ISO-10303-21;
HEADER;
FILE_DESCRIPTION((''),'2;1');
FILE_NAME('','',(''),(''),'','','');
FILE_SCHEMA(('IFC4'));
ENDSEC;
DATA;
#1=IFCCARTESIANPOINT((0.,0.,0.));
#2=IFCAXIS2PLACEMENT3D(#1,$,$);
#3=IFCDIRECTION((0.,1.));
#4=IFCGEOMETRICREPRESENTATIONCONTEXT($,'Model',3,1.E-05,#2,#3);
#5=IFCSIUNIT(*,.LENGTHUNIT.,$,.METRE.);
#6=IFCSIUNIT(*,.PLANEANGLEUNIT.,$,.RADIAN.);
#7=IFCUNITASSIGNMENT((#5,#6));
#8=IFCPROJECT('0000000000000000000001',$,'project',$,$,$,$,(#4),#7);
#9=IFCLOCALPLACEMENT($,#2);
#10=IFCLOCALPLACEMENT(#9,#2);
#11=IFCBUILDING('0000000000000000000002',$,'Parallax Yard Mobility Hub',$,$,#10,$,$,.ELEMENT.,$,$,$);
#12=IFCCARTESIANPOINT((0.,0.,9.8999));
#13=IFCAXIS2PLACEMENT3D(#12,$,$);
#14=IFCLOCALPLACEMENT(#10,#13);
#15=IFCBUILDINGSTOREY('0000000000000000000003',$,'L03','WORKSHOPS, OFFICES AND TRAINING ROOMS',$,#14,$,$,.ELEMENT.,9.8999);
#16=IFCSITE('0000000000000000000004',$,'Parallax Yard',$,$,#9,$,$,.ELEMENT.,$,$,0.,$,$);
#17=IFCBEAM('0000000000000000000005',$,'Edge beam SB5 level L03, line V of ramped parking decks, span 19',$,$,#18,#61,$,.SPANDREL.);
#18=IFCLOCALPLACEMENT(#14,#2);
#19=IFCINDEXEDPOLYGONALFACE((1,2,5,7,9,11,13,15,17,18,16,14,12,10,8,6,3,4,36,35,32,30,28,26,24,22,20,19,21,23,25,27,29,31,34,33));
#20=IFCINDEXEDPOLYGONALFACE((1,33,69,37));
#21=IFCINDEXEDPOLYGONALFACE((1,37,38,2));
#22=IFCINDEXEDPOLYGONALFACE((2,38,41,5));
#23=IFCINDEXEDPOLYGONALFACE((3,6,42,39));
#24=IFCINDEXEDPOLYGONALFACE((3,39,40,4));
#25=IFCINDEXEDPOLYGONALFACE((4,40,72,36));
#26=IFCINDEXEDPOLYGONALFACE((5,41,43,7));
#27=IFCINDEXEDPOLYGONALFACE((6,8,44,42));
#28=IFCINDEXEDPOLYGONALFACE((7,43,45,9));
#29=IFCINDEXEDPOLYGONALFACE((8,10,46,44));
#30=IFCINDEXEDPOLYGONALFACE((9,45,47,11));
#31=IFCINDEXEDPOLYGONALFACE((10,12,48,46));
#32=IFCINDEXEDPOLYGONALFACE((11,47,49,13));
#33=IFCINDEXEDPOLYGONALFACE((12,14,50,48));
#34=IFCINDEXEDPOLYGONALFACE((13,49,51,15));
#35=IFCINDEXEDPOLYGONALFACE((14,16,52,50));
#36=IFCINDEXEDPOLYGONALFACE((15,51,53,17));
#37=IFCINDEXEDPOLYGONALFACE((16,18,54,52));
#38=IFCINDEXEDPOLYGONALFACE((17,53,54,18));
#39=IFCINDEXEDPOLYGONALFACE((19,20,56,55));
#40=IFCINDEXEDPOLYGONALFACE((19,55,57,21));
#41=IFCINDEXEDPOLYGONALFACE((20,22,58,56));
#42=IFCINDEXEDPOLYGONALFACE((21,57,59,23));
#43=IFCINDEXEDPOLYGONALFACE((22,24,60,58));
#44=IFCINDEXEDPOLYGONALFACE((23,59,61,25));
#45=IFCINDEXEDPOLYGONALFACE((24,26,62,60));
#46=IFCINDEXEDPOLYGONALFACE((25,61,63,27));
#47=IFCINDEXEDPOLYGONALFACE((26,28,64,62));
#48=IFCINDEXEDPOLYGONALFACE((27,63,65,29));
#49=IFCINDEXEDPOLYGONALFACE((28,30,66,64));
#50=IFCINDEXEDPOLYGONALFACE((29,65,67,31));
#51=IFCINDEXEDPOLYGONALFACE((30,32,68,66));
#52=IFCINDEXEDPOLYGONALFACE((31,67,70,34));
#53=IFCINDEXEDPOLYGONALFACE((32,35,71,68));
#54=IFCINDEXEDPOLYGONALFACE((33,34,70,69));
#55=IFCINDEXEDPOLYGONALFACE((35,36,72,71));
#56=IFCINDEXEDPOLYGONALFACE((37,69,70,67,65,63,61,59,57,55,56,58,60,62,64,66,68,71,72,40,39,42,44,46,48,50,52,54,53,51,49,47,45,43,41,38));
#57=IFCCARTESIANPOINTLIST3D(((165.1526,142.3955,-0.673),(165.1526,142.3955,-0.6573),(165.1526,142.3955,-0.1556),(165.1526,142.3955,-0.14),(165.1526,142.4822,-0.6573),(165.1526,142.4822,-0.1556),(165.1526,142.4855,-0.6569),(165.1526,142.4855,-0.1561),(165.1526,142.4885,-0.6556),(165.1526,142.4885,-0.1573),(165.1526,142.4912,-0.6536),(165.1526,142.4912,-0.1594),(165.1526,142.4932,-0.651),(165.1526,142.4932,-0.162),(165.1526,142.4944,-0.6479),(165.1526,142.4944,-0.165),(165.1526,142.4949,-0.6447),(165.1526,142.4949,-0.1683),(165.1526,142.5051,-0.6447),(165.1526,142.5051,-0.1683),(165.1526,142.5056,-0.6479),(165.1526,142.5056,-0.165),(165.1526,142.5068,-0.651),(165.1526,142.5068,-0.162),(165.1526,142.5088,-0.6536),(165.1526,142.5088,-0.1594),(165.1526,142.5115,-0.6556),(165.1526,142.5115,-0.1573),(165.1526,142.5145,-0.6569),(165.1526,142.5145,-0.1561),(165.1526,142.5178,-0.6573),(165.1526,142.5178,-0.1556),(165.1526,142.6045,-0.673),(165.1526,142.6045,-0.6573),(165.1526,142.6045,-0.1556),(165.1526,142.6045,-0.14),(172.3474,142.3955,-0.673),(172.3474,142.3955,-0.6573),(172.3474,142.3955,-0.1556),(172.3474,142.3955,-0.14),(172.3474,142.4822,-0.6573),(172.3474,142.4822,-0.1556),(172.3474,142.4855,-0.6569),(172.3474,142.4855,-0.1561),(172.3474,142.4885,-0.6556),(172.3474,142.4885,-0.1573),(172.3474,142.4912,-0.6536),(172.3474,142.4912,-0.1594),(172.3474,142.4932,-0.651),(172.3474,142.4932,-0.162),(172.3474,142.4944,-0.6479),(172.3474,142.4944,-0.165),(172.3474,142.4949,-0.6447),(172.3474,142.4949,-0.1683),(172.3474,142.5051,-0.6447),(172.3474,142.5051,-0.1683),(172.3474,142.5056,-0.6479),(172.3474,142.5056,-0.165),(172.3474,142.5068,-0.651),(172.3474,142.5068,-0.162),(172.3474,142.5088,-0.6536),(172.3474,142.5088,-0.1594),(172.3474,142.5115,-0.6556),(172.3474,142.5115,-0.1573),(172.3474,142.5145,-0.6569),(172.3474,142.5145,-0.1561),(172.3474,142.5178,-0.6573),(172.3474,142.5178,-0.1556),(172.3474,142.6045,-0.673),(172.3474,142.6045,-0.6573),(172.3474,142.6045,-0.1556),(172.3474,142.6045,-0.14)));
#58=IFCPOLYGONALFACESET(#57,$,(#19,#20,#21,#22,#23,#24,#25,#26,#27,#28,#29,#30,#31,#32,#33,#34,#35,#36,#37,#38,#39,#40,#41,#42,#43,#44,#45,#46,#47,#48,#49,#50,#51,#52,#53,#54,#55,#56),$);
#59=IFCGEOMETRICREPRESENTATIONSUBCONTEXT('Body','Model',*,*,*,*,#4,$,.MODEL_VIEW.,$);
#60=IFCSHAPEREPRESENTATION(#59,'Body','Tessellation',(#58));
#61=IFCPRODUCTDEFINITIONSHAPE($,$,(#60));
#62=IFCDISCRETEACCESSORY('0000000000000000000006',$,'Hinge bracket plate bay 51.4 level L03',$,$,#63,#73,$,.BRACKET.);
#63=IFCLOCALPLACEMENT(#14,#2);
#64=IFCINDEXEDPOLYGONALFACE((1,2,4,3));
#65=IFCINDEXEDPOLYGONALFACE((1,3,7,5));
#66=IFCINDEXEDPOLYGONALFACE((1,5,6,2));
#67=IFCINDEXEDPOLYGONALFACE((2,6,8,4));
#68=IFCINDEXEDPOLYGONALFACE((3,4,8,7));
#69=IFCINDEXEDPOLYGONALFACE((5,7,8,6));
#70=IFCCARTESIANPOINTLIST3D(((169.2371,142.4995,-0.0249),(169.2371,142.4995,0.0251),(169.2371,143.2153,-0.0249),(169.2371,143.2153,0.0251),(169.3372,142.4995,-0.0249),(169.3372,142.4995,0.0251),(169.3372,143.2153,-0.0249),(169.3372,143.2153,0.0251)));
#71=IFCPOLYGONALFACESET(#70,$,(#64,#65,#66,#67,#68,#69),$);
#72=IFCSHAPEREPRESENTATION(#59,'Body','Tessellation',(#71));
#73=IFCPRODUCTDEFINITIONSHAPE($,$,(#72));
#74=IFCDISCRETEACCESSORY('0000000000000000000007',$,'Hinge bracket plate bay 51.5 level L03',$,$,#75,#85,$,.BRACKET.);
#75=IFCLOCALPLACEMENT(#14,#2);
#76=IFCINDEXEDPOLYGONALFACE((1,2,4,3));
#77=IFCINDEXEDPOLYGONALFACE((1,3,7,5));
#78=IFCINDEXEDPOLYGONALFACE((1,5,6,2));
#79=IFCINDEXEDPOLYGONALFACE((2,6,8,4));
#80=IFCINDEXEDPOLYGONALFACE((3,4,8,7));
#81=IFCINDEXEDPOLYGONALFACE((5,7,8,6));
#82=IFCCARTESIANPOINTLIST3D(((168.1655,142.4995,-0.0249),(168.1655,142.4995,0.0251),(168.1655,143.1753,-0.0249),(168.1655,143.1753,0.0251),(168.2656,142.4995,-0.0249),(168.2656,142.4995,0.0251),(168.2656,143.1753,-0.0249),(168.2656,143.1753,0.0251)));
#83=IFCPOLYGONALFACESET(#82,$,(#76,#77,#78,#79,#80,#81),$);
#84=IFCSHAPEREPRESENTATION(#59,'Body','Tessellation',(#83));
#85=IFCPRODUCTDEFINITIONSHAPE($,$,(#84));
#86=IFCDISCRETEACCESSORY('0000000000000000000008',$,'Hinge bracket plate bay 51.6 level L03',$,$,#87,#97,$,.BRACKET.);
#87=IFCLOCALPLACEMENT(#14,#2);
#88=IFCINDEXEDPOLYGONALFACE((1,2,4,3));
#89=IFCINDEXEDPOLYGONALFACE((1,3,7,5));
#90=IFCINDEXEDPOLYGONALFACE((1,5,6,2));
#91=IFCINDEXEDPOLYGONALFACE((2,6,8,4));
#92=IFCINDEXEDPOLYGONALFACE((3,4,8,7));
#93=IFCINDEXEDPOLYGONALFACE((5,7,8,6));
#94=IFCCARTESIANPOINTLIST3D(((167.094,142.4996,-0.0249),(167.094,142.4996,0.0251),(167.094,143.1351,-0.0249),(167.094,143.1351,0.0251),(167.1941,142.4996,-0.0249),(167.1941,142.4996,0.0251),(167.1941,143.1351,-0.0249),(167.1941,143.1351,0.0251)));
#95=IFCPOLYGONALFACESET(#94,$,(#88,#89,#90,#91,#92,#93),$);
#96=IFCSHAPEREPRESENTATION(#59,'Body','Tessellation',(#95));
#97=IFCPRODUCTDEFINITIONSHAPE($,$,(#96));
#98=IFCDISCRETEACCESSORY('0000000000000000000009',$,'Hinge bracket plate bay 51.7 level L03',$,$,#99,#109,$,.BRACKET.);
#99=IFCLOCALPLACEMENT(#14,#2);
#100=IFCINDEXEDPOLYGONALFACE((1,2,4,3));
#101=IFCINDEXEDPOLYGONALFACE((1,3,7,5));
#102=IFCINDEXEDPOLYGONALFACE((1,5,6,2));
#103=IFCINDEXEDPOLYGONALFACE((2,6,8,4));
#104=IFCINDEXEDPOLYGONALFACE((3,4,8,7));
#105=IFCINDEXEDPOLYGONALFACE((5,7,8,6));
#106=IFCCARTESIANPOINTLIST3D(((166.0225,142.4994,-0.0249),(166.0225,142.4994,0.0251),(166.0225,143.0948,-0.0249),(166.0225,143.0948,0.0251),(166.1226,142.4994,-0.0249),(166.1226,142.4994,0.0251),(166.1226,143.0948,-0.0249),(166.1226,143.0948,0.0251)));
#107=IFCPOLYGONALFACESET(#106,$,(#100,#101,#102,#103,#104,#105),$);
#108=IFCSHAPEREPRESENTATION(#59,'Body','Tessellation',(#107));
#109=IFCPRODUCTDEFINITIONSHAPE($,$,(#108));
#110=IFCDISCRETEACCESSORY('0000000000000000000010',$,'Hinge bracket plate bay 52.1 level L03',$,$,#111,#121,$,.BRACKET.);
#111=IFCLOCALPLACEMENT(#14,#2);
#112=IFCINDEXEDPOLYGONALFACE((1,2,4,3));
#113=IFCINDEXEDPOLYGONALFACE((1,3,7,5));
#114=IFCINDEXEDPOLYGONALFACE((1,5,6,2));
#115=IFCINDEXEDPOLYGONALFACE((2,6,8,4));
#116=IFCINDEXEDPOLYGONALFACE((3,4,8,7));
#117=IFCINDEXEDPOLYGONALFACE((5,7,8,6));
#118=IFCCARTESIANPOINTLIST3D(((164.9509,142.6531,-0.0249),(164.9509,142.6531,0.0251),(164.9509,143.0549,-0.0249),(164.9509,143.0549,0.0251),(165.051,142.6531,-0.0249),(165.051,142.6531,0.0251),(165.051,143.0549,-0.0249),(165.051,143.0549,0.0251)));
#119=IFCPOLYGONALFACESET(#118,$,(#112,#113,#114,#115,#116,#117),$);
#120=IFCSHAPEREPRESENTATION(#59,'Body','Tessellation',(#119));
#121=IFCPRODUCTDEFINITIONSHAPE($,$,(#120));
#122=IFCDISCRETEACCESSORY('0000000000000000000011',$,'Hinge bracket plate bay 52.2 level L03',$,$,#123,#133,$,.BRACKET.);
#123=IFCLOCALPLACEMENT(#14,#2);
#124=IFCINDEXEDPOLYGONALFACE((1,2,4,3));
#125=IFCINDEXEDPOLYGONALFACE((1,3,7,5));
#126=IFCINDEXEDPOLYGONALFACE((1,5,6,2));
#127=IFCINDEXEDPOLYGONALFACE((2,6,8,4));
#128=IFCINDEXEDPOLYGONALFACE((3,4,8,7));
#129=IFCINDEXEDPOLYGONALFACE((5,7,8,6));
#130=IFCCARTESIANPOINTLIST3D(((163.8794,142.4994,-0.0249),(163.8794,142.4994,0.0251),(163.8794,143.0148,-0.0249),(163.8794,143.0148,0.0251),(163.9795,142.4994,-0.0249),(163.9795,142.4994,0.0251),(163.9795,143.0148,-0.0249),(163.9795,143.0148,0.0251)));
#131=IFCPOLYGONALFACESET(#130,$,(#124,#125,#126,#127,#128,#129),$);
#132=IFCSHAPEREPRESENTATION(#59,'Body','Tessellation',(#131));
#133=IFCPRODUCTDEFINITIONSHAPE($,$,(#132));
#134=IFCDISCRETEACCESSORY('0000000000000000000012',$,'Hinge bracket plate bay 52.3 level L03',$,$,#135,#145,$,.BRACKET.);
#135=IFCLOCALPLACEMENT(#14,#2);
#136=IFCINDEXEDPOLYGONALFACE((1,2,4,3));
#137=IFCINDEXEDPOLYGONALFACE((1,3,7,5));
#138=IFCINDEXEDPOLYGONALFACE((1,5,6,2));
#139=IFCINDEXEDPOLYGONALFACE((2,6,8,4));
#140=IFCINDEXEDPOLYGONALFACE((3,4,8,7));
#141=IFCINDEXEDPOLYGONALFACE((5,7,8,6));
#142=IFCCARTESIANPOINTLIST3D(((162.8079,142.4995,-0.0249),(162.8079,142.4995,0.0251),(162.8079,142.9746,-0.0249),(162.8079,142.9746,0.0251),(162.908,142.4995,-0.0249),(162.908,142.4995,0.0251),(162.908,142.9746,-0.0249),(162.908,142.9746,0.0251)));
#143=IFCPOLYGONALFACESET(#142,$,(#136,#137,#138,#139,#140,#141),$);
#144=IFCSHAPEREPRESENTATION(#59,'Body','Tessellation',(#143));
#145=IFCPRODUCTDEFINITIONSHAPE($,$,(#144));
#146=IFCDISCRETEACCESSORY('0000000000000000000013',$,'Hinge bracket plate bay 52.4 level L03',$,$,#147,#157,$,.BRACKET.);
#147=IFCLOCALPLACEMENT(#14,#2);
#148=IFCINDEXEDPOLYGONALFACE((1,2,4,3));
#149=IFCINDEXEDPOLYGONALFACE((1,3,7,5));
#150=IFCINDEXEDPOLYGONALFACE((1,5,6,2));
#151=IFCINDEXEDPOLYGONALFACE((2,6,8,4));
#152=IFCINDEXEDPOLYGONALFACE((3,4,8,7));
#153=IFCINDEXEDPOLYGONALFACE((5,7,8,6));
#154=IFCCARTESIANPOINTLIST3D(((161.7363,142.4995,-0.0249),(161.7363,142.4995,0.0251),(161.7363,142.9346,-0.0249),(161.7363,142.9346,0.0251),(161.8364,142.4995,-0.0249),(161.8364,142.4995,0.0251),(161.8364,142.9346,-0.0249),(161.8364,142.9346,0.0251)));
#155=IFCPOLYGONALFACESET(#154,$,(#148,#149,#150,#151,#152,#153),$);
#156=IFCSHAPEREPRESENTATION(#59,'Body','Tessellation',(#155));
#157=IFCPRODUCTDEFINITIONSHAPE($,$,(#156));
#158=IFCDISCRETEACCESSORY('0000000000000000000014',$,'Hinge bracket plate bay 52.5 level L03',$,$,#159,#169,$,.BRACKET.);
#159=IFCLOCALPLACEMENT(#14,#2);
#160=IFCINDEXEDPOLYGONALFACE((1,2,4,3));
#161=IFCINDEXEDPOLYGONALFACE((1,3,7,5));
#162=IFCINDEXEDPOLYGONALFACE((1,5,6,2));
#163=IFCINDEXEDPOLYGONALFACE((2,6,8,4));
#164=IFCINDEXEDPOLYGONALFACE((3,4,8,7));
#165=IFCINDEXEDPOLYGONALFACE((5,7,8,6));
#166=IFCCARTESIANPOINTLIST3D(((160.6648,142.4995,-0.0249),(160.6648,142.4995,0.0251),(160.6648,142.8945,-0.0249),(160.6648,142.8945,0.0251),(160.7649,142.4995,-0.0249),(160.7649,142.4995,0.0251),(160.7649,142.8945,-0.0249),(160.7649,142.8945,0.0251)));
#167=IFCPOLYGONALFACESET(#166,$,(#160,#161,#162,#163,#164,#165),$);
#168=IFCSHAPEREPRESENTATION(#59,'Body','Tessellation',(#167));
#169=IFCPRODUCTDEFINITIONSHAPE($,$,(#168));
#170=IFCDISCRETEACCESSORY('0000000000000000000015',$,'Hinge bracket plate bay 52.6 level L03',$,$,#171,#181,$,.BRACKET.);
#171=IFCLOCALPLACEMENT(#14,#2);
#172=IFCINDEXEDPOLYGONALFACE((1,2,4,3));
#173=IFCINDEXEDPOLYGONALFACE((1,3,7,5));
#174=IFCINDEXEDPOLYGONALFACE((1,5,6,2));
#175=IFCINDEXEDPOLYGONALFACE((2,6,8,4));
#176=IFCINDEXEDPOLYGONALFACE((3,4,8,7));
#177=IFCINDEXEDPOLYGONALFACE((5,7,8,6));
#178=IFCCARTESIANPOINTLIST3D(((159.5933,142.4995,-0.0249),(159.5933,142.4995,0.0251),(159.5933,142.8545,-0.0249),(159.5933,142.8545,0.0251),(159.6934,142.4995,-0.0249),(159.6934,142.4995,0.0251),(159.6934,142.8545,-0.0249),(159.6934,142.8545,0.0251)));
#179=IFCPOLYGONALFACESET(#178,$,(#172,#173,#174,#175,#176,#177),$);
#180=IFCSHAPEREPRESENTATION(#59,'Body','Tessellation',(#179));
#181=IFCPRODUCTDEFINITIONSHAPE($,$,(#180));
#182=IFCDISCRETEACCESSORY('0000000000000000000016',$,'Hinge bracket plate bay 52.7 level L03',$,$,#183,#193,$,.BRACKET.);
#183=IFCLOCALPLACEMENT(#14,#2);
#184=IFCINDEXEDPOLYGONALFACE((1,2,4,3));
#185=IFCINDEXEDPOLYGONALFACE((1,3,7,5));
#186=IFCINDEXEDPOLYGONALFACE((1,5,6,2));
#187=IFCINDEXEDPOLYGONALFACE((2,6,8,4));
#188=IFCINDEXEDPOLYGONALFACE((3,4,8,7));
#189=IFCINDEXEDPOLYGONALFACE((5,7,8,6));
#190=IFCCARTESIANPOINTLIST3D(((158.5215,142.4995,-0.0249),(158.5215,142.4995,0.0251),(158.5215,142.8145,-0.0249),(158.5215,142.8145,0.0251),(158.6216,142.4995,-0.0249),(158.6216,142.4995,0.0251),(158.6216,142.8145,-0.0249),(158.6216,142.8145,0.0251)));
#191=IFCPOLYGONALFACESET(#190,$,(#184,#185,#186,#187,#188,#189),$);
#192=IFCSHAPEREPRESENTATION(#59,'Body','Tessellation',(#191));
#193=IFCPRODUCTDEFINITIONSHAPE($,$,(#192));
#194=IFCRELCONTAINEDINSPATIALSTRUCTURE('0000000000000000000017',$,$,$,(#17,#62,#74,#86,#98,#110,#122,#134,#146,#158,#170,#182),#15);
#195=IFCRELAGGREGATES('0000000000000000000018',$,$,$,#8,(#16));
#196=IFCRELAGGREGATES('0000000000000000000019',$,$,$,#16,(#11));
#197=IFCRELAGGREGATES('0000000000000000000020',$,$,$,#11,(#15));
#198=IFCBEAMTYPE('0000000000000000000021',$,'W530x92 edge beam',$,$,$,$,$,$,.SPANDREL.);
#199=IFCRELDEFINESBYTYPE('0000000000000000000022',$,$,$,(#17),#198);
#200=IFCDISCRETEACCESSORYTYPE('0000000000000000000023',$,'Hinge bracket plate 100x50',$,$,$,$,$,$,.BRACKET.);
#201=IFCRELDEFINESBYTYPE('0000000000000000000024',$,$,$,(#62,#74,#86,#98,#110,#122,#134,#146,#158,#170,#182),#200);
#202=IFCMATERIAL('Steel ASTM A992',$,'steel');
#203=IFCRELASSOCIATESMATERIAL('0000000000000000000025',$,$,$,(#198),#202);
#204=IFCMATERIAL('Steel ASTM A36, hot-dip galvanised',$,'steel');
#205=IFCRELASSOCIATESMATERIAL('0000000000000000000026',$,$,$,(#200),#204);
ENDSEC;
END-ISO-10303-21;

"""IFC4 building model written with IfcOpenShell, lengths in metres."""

from ifc_helpers import new_model, si_unit, direction, frame, origin, origin_2d, place, context, subcontext, project, spatial, rectangle, i_section, extrude, material, material_profile, profile_set, type_object, element, save


model = new_model("IFC4")

# Units and contexts
model_context = context("Model", 3, precision=1e-05, world=origin(), true_north=direction((0.0, 1.0)))
body_context = subcontext(model_context, "Body", "Model", "MODEL_VIEW")
ifc_project = project(units=[si_unit("LENGTHUNIT", "METRE"), si_unit("PLANEANGLEUNIT", "RADIAN")], contexts=[model_context])

# Site, building, storey
site_placement = place(None, origin())
site = spatial("IfcSite", under=ifc_project, at=site_placement, Name="Parallax Yard", CompositionType="ELEMENT", RefElevation=0.0)
building_placement = place(site_placement, origin())
building = spatial("IfcBuilding", under=site, at=building_placement, Name="Parallax Yard Mobility Hub", CompositionType="ELEMENT")
storey_placement = place(building_placement, frame((0.0, 0.0, 9.8999)))
storey = spatial("IfcBuildingStorey", under=building, at=storey_placement, Name="L03", Description="WORKSHOPS, OFFICES AND TRAINING ROOMS", CompositionType="ELEMENT", Elevation=9.8999)

# Beam
ifc_material_1 = material(Name="Steel ASTM A992", Category="steel")
ifc_material_profile_1 = material_profile(ifc_material_1, i_section(OverallWidth=0.209, OverallDepth=0.533, WebThickness=0.0103, FlangeThickness=0.0156, FilletRadius=0.0127, at=origin_2d()), Name="W530x92")
ifc_profile_set_1 = profile_set([ifc_material_profile_1], Name="Steel ASTM A992")
beam_type = type_object("IfcBeamType", Name="W530x92 edge beam", PredefinedType="SPANDREL", material=ifc_profile_set_1)
beam_placement = place(storey_placement, frame((165.1526, 142.5, -0.4065), z_axis=(1.0, 0.0, 0.0), x_axis=(0.0, 1.0, 0.0)))
element("IfcBeam", 1, at=beam_placement, inside=storey, type_object=beam_type, Name="Edge beam SB5 level L03, line V of ramped parking decks, span 19", PredefinedType="SPANDREL", context=body_context, shape_type="SweptSolid", body=[
    extrude(i_section(OverallWidth=0.209, OverallDepth=0.533, WebThickness=0.0103, FlangeThickness=0.0156, FilletRadius=0.0127, at=origin_2d()), origin(), (0.0, 0.0, 1.0), 7.1948),
])

# Discrete accessories
ifc_material_2 = material(Name="Steel ASTM A36, hot-dip galvanised", Category="steel")
discrete_accessory_type_1 = type_object("IfcDiscreteAccessoryType", Name="Hinge bracket plate 100x50", PredefinedType="BRACKET", material=ifc_material_2)
discrete_accessory_1_placement = place(storey_placement, frame((169.2871, 142.8574, -0.0249), z_axis=(0.0, 0.0, 1.0), x_axis=(0.0, 1.0, 0.0)))
element("IfcDiscreteAccessory", 2, at=discrete_accessory_1_placement, inside=storey, type_object=discrete_accessory_type_1, Name="Hinge bracket plate bay 51.4 level L03", PredefinedType="BRACKET", context=body_context, shape_type="SweptSolid", body=[
    extrude(rectangle(XDim=0.7158, YDim=0.1001, at=origin_2d()), origin(), (0.0, 0.0, 1.0), 0.05),
])
discrete_accessory_2_placement = place(storey_placement, frame((168.2156, 142.8374, -0.0249), z_axis=(0.0, 0.0, 1.0), x_axis=(0.0, 1.0, 0.0)))
element("IfcDiscreteAccessory", 3, at=discrete_accessory_2_placement, inside=storey, type_object=discrete_accessory_type_1, Name="Hinge bracket plate bay 51.5 level L03", PredefinedType="BRACKET", context=body_context, shape_type="SweptSolid", body=[
    extrude(rectangle(XDim=0.6758, YDim=0.1001, at=origin_2d()), origin(), (0.0, 0.0, 1.0), 0.05),
])
discrete_accessory_3_placement = place(storey_placement, frame((167.144, 142.8174, -0.0249), z_axis=(0.0, 0.0, 1.0), x_axis=(0.0, 1.0, 0.0)))
element("IfcDiscreteAccessory", 4, at=discrete_accessory_3_placement, inside=storey, type_object=discrete_accessory_type_1, Name="Hinge bracket plate bay 51.6 level L03", PredefinedType="BRACKET", context=body_context, shape_type="SweptSolid", body=[
    extrude(rectangle(XDim=0.6355, YDim=0.1001, at=origin_2d()), origin(), (0.0, 0.0, 1.0), 0.05),
])
discrete_accessory_4_placement = place(storey_placement, frame((166.0725, 142.7971, -0.0249), z_axis=(0.0, 0.0, 1.0), x_axis=(0.0, 1.0, 0.0)))
element("IfcDiscreteAccessory", 5, at=discrete_accessory_4_placement, inside=storey, type_object=discrete_accessory_type_1, Name="Hinge bracket plate bay 51.7 level L03", PredefinedType="BRACKET", context=body_context, shape_type="SweptSolid", body=[
    extrude(rectangle(XDim=0.5955, YDim=0.1001, at=origin_2d()), origin(), (0.0, 0.0, 1.0), 0.05),
])
discrete_accessory_5_placement = place(storey_placement, frame((165.001, 142.854, -0.0249), z_axis=(0.0, 0.0, 1.0), x_axis=(0.0, 1.0, 0.0)))
element("IfcDiscreteAccessory", 6, at=discrete_accessory_5_placement, inside=storey, type_object=discrete_accessory_type_1, Name="Hinge bracket plate bay 52.1 level L03", PredefinedType="BRACKET", context=body_context, shape_type="SweptSolid", body=[
    extrude(rectangle(XDim=0.4019, YDim=0.1001, at=origin_2d()), origin(), (0.0, 0.0, 1.0), 0.05),
])
discrete_accessory_6_placement = place(storey_placement, frame((163.9294, 142.7571, -0.0249), z_axis=(0.0, 0.0, 1.0), x_axis=(0.0, 1.0, 0.0)))
element("IfcDiscreteAccessory", 7, at=discrete_accessory_6_placement, inside=storey, type_object=discrete_accessory_type_1, Name="Hinge bracket plate bay 52.2 level L03", PredefinedType="BRACKET", context=body_context, shape_type="SweptSolid", body=[
    extrude(rectangle(XDim=0.5154, YDim=0.1001, at=origin_2d()), origin(), (0.0, 0.0, 1.0), 0.05),
])
discrete_accessory_7_placement = place(storey_placement, frame((162.8579, 142.7371, -0.0249), z_axis=(0.0, 0.0, 1.0), x_axis=(0.0, 1.0, 0.0)))
element("IfcDiscreteAccessory", 8, at=discrete_accessory_7_placement, inside=storey, type_object=discrete_accessory_type_1, Name="Hinge bracket plate bay 52.3 level L03", PredefinedType="BRACKET", context=body_context, shape_type="SweptSolid", body=[
    extrude(rectangle(XDim=0.4751, YDim=0.1001, at=origin_2d()), origin(), (0.0, 0.0, 1.0), 0.05),
])
discrete_accessory_8_placement = place(storey_placement, frame((161.7864, 142.717, -0.0249), z_axis=(0.0, 0.0, 1.0), x_axis=(0.0, 1.0, 0.0)))
element("IfcDiscreteAccessory", 9, at=discrete_accessory_8_placement, inside=storey, type_object=discrete_accessory_type_1, Name="Hinge bracket plate bay 52.4 level L03", PredefinedType="BRACKET", context=body_context, shape_type="SweptSolid", body=[
    extrude(rectangle(XDim=0.4351, YDim=0.1001, at=origin_2d()), origin(), (0.0, 0.0, 1.0), 0.05),
])
discrete_accessory_9_placement = place(storey_placement, frame((160.7148, 142.697, -0.0249), z_axis=(0.0, 0.0, 1.0), x_axis=(0.0, 1.0, 0.0)))
element("IfcDiscreteAccessory", 10, at=discrete_accessory_9_placement, inside=storey, type_object=discrete_accessory_type_1, Name="Hinge bracket plate bay 52.5 level L03", PredefinedType="BRACKET", context=body_context, shape_type="SweptSolid", body=[
    extrude(rectangle(XDim=0.395, YDim=0.1001, at=origin_2d()), origin(), (0.0, 0.0, 1.0), 0.05),
])
discrete_accessory_10_placement = place(storey_placement, frame((159.6433, 142.677, -0.0249), z_axis=(0.0, 0.0, 1.0), x_axis=(0.0, 1.0, 0.0)))
element("IfcDiscreteAccessory", 11, at=discrete_accessory_10_placement, inside=storey, type_object=discrete_accessory_type_1, Name="Hinge bracket plate bay 52.6 level L03", PredefinedType="BRACKET", context=body_context, shape_type="SweptSolid", body=[
    extrude(rectangle(XDim=0.355, YDim=0.1001, at=origin_2d()), origin(), (0.0, 0.0, 1.0), 0.05),
])
discrete_accessory_11_placement = place(storey_placement, frame((158.5715, 142.657, -0.0249), z_axis=(0.0, 0.0, 1.0), x_axis=(0.0, 1.0, 0.0)))
element("IfcDiscreteAccessory", 12, at=discrete_accessory_11_placement, inside=storey, type_object=discrete_accessory_type_1, Name="Hinge bracket plate bay 52.7 level L03", PredefinedType="BRACKET", context=body_context, shape_type="SweptSolid", body=[
    extrude(rectangle(XDim=0.3149, YDim=0.1001, at=origin_2d()), origin(), (0.0, 0.0, 1.0), 0.05),
])

save(model, "model.ifc")
